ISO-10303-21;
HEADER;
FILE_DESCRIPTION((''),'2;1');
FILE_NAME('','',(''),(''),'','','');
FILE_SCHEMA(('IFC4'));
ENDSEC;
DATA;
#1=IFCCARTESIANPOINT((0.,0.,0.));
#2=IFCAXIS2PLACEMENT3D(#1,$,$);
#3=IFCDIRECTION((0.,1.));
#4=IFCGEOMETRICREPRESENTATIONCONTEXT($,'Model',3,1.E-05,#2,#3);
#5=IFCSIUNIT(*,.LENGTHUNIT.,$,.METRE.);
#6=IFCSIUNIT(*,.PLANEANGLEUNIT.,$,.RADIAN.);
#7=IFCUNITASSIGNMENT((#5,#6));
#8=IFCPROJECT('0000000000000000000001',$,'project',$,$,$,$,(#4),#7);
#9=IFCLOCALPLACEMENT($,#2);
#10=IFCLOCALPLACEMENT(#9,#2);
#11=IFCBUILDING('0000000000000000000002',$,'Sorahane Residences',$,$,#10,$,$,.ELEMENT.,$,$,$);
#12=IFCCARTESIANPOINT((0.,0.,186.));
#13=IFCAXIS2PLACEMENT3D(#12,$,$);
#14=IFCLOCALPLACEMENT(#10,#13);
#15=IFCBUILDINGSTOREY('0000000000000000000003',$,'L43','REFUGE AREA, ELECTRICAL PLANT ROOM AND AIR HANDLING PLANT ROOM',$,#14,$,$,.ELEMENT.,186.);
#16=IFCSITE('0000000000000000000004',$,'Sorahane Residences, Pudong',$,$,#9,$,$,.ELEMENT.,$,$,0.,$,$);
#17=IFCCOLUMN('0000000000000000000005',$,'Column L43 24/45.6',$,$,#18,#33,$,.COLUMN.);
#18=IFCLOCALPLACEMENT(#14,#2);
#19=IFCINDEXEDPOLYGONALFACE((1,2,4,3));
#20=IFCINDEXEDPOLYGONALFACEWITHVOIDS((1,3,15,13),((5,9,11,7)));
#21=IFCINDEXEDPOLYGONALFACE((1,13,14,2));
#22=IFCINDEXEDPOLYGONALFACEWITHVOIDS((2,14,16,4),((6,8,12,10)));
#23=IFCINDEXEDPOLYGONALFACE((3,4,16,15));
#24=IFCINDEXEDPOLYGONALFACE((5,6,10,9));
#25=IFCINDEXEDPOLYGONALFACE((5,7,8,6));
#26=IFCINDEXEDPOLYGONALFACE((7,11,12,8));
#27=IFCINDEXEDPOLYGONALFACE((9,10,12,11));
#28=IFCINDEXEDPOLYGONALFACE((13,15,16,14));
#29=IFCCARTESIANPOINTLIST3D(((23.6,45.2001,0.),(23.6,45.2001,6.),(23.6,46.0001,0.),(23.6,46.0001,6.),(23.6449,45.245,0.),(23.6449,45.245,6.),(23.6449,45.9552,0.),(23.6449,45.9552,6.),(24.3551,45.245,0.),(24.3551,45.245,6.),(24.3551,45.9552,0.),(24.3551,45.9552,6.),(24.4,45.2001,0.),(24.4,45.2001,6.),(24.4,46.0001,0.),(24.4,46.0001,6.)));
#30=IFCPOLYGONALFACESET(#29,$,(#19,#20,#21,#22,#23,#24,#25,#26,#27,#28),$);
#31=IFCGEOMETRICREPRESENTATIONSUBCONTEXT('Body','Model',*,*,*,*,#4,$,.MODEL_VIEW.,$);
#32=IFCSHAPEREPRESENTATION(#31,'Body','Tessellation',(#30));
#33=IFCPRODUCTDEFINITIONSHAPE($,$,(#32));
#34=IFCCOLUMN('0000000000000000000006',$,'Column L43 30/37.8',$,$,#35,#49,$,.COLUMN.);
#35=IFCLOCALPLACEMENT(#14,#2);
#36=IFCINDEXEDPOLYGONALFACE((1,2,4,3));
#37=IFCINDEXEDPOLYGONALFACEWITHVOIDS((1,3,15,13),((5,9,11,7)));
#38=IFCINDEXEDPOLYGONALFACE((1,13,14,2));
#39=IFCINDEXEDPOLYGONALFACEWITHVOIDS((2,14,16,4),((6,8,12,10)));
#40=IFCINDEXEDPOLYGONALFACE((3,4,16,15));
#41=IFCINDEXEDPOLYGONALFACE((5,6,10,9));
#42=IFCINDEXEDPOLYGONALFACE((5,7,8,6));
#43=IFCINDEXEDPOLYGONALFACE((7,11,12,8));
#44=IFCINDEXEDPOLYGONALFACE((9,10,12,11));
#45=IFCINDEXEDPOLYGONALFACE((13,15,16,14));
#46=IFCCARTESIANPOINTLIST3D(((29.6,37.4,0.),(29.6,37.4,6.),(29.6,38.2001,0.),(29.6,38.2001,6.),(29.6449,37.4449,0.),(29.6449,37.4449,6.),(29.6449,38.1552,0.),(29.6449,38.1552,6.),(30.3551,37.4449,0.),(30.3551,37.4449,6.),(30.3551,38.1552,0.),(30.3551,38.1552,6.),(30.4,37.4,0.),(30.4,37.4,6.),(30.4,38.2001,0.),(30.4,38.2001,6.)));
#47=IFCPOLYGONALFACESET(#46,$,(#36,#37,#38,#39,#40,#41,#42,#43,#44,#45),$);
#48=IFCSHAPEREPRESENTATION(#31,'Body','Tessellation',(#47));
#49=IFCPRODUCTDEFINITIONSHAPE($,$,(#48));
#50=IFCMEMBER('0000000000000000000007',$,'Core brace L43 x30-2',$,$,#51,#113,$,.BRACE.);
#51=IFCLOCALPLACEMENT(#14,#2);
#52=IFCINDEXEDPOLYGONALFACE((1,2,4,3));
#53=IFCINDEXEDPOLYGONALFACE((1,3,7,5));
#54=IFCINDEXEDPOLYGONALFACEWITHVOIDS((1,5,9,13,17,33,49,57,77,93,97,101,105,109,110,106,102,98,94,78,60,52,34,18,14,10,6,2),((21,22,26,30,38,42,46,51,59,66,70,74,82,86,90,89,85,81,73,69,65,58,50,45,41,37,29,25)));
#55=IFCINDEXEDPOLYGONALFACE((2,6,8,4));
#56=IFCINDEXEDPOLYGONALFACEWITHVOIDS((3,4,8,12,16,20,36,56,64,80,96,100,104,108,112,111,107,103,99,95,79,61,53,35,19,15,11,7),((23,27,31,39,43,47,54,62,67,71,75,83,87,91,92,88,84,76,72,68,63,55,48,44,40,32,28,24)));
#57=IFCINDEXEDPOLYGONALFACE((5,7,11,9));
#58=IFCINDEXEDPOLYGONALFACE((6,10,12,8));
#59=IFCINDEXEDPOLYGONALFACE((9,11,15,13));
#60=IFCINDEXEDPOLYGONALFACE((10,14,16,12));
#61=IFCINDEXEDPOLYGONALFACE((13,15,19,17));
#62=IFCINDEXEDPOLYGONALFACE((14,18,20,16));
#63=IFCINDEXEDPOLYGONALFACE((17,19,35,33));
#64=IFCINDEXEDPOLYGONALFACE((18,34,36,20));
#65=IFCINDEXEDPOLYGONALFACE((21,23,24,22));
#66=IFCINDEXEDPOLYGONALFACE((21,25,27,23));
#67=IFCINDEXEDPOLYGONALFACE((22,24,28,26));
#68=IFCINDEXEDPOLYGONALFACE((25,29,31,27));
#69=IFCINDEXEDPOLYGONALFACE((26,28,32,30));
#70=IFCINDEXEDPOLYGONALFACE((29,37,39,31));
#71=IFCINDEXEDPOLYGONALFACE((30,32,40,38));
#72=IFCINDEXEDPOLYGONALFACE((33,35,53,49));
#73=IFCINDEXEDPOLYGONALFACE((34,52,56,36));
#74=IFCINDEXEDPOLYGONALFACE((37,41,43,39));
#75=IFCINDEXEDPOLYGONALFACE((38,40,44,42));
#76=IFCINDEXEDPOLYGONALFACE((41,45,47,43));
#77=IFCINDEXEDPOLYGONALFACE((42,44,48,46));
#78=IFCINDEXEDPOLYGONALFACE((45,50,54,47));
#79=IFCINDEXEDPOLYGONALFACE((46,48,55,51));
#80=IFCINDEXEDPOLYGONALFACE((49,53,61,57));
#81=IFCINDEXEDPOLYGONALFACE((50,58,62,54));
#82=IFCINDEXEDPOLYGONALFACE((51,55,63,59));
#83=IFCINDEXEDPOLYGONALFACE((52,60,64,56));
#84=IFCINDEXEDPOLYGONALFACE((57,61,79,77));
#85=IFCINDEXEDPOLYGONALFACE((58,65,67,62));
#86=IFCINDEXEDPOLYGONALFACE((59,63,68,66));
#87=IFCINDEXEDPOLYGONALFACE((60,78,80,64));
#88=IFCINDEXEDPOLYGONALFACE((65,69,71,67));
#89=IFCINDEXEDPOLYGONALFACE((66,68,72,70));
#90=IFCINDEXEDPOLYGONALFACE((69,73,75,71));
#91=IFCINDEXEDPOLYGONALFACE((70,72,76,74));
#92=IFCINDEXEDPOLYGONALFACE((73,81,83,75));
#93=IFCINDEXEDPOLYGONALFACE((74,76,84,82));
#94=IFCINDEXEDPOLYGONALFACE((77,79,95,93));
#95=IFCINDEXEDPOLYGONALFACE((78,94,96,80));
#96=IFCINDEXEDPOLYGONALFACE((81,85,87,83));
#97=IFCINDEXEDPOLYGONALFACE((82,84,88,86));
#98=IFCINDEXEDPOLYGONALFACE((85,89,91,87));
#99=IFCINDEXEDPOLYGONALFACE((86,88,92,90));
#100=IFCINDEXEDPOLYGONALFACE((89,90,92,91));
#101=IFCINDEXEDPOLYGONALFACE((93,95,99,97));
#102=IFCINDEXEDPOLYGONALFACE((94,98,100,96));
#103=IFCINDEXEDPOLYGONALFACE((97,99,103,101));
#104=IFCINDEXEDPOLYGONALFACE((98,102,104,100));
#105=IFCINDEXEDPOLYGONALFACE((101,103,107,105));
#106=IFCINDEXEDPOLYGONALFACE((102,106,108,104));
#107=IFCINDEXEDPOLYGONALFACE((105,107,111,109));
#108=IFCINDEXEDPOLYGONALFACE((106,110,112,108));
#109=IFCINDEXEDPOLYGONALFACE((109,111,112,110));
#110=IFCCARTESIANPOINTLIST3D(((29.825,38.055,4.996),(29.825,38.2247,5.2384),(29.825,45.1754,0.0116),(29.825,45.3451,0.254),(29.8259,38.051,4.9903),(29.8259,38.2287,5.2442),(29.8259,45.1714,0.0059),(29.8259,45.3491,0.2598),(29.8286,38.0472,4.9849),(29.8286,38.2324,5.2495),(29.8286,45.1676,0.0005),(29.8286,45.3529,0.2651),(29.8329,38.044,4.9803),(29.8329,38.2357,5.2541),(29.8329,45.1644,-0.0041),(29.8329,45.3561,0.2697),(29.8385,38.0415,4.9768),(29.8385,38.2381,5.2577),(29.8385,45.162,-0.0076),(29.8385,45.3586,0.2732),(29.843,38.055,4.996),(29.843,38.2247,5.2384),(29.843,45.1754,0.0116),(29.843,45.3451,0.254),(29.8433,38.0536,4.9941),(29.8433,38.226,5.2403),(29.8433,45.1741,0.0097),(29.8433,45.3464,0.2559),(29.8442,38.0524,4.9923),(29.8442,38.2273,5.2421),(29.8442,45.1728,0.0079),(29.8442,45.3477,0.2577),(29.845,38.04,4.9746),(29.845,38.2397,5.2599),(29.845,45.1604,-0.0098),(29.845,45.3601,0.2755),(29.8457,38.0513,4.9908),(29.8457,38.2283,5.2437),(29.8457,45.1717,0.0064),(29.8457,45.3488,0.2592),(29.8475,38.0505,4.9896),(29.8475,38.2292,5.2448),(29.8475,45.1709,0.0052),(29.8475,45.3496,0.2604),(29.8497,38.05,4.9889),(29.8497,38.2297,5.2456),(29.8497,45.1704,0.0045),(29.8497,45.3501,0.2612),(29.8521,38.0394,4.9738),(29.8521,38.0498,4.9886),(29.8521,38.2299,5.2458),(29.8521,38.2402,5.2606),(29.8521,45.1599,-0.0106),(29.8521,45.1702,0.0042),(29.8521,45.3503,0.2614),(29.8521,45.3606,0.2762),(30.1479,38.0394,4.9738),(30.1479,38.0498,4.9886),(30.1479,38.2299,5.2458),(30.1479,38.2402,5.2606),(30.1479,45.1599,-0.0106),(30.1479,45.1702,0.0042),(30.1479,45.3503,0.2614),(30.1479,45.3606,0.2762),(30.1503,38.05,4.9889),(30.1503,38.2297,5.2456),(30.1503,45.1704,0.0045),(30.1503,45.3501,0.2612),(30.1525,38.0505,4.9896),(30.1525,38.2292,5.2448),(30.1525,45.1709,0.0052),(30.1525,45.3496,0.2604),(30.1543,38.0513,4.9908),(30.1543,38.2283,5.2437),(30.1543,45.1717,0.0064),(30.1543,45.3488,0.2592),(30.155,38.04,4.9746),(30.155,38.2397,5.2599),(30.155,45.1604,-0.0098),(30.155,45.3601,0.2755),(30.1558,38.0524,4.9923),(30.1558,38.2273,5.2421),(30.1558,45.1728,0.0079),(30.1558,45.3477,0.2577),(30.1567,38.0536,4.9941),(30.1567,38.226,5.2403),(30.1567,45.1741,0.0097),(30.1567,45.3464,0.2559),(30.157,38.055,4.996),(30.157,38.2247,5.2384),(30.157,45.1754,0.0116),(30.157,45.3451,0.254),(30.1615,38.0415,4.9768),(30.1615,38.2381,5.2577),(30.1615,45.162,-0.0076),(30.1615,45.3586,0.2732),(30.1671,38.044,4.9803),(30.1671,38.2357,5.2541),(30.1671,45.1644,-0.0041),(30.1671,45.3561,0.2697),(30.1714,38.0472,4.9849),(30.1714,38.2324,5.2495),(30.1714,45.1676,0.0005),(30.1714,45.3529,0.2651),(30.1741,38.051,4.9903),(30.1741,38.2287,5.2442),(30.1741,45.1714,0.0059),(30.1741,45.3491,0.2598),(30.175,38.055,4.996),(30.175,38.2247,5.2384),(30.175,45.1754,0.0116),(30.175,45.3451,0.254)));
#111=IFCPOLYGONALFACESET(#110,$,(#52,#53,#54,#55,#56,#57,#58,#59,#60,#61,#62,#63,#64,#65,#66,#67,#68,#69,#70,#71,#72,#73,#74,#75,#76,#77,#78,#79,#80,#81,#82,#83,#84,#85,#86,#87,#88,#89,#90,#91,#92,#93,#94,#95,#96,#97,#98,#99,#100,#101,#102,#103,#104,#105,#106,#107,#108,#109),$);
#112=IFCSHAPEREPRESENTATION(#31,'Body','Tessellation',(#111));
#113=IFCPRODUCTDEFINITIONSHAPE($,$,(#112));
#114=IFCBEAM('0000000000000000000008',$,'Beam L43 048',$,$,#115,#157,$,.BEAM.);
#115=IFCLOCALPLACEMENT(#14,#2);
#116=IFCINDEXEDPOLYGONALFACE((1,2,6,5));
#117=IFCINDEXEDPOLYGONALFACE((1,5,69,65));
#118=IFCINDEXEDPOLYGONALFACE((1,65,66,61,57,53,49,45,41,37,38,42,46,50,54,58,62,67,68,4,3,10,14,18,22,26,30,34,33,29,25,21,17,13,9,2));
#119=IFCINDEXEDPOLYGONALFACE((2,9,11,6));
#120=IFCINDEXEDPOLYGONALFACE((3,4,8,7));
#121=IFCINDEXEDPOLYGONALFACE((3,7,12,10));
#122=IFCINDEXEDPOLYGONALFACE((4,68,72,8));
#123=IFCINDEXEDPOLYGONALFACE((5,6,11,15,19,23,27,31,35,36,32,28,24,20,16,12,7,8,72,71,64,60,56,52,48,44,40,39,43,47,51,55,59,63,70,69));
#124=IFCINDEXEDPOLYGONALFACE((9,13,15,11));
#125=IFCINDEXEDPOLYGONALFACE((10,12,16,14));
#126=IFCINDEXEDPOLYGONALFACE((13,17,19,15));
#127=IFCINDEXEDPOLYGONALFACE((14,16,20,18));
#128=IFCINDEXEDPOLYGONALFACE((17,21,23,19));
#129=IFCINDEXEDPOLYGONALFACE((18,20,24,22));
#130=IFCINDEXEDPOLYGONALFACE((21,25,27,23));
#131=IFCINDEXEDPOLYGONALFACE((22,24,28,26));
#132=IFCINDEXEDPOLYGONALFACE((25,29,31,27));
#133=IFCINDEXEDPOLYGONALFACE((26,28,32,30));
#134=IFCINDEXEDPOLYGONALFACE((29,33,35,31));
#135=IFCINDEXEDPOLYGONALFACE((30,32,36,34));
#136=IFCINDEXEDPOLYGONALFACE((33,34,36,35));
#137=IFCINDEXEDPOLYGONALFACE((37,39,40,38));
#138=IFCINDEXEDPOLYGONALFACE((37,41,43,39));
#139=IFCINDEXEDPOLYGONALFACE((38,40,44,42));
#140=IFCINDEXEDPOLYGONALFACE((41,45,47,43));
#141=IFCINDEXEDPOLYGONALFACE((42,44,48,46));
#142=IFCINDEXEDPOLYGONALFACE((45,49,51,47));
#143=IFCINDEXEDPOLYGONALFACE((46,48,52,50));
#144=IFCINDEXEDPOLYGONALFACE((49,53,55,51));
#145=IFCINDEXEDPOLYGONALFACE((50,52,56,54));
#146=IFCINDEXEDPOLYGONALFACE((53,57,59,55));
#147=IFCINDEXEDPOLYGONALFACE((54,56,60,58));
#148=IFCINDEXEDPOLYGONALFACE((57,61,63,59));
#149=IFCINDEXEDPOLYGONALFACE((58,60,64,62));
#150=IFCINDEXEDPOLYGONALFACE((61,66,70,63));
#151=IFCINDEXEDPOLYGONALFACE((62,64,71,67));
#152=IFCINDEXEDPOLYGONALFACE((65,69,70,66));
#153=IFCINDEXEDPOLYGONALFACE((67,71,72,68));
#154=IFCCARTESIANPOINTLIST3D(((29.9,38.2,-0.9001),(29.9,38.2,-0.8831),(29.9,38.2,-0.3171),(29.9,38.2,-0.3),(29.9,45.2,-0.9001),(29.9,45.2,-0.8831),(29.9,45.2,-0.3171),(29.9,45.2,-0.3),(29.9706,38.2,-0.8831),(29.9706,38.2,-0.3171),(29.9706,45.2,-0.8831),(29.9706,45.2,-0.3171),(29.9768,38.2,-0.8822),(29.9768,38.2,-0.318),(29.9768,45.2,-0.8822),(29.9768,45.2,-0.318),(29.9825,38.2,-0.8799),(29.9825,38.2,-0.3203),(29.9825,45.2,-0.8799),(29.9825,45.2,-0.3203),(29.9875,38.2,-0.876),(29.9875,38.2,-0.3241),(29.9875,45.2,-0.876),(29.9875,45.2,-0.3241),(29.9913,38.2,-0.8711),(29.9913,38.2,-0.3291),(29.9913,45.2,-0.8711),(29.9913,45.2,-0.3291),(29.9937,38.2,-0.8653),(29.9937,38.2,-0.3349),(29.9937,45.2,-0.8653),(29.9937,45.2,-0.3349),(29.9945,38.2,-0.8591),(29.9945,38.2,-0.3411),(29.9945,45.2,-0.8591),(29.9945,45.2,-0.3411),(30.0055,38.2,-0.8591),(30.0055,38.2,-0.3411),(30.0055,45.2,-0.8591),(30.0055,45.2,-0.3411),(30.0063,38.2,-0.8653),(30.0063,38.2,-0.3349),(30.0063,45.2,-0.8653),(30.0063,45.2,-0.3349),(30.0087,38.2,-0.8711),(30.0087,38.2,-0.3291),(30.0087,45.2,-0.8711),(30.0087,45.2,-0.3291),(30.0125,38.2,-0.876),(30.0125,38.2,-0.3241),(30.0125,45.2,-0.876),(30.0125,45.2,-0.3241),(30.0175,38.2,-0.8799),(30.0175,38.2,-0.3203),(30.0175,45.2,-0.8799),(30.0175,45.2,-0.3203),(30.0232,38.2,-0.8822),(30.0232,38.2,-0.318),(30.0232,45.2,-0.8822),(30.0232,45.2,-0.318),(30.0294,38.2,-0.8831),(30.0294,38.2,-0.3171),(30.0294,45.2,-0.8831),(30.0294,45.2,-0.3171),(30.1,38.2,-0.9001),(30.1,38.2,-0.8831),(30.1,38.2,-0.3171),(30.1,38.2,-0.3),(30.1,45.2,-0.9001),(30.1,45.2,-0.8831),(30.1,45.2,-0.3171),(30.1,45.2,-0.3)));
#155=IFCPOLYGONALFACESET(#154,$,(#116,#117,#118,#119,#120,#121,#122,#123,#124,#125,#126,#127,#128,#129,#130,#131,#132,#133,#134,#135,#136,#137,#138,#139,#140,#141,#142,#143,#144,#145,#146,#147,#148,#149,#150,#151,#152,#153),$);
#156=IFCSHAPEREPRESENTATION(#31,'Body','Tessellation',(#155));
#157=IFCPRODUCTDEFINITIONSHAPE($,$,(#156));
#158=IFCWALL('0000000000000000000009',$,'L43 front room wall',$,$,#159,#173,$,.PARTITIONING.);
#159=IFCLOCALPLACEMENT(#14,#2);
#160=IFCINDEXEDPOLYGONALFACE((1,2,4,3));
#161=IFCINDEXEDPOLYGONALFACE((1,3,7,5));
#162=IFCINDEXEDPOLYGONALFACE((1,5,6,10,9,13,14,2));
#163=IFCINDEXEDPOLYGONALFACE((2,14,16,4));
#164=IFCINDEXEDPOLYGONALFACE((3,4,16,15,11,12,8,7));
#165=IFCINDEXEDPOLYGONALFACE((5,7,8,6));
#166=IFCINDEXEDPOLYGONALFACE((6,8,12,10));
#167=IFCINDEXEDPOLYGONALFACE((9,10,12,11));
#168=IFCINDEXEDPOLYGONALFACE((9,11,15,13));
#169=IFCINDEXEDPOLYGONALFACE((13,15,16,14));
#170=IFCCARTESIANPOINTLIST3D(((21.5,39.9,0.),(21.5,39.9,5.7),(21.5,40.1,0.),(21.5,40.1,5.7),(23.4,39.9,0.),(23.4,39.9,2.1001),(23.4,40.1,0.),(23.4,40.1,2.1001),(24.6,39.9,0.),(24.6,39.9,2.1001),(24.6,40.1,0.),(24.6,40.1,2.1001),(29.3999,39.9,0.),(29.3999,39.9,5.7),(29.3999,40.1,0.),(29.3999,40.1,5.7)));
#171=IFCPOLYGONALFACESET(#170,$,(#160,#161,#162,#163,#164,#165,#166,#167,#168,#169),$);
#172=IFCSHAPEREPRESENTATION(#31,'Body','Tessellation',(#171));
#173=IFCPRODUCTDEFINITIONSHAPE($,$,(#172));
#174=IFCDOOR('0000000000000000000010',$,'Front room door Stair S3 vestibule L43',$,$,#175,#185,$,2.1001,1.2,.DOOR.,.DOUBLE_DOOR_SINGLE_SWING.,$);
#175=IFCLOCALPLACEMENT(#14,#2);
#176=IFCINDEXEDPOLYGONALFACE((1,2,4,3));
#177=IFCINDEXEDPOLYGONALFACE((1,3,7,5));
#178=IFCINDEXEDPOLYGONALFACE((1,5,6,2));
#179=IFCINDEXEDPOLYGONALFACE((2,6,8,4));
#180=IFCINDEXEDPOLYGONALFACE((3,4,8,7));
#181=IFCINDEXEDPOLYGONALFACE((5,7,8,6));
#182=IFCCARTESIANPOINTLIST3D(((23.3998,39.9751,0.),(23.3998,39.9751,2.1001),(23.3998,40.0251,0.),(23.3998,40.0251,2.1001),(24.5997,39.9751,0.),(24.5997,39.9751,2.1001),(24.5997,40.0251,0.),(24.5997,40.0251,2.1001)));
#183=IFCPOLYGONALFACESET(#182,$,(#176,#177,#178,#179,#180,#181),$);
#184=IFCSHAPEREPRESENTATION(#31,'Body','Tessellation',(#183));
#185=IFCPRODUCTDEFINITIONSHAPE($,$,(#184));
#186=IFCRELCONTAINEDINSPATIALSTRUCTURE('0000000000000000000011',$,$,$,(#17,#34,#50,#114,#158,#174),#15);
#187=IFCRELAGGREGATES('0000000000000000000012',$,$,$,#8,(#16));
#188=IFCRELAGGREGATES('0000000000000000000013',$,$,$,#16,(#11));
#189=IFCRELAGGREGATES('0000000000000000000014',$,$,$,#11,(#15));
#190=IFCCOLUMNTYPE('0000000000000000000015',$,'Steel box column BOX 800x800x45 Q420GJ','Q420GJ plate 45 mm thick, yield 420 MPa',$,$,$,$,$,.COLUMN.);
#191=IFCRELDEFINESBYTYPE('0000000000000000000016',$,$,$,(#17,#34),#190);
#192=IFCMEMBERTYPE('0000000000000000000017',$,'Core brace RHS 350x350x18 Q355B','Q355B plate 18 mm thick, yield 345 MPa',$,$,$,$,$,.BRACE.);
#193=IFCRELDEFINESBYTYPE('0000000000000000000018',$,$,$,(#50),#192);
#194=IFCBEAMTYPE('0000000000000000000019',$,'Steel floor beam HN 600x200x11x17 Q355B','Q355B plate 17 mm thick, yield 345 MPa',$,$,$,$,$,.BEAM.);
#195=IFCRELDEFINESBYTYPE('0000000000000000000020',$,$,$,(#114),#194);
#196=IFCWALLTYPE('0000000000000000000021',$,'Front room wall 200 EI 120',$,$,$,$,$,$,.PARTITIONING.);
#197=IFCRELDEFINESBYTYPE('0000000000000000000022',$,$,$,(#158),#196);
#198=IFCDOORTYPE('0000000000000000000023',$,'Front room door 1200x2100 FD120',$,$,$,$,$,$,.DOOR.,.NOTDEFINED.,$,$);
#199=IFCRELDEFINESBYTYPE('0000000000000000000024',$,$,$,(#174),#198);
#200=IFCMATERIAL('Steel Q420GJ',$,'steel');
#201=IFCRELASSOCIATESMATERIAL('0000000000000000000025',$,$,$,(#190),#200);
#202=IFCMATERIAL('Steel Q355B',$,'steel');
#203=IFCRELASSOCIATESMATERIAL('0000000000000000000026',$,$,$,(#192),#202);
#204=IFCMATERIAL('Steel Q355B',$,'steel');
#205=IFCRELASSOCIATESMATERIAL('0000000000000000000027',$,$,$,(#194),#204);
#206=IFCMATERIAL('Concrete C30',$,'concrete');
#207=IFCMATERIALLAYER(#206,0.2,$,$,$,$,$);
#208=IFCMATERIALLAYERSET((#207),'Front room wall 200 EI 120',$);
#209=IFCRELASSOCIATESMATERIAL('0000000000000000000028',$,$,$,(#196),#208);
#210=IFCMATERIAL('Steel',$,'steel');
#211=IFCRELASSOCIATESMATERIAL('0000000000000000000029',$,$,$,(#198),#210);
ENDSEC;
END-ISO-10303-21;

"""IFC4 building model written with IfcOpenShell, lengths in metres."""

from ifc_helpers import new_model, si_unit, direction, frame, frame_2d, origin, origin_2d, place, context, subcontext, project, spatial, rectangle, hollow_rectangle, i_section, extrude, material, layer, layer_set, material_profile, profile_set, type_object, element, fill, save


model = new_model("IFC4")

# Units and contexts
model_context = context("Model", 3, precision=1e-05, world=origin(), true_north=direction((0.0, 1.0)))
body_context = subcontext(model_context, "Body", "Model", "MODEL_VIEW")
ifc_project = project(units=[si_unit("LENGTHUNIT", "METRE"), si_unit("PLANEANGLEUNIT", "RADIAN")], contexts=[model_context])

# Site, building, storey
site_placement = place(None, origin())
site = spatial("IfcSite", under=ifc_project, at=site_placement, Name="Sorahane Residences, Pudong", CompositionType="ELEMENT", RefElevation=0.0)
building_placement = place(site_placement, origin())
building = spatial("IfcBuilding", under=site, at=building_placement, Name="Sorahane Residences", CompositionType="ELEMENT")
storey_placement = place(building_placement, frame((0.0, 0.0, 186.0)))
storey = spatial("IfcBuildingStorey", under=building, at=storey_placement, Name="L43", Description="REFUGE AREA, ELECTRICAL PLANT ROOM AND AIR HANDLING PLANT ROOM", CompositionType="ELEMENT", Elevation=186.0)

# Columns
ifc_material_1 = material(Name="Steel Q420GJ", Category="steel")
ifc_material_profile_1 = material_profile(ifc_material_1, hollow_rectangle(XDim=0.8, YDim=0.8, WallThickness=0.0449, at=origin_2d()), Name="BOX 800x800x45")
ifc_profile_set_1 = profile_set([ifc_material_profile_1], Name="Steel Q420GJ")
column_type = type_object("IfcColumnType", Name="Steel box column BOX 800x800x45 Q420GJ", Description="Q420GJ plate 45 mm thick, yield 420 MPa", PredefinedType="COLUMN", material=ifc_profile_set_1)
for number, where, z_axis, x_axis, name in (
    (1, (24.0, 45.6001, 0.0), (0.0, 0.0, 1.0), (1.0, 0.0, 0.0), "Column L43 24/45.6"),
    (2, (30.0, 37.8, 0.0), (0.0, 0.0, 1.0), (1.0, 0.0, 0.0), "Column L43 30/37.8"),
):
    element("IfcColumn", number, at=place(storey_placement, frame(where, z_axis=z_axis, x_axis=x_axis)), inside=storey, type_object=column_type, Name=name, PredefinedType="COLUMN", context=body_context, shape_type="SweptSolid", body=[
        extrude(hollow_rectangle(XDim=0.8, YDim=0.8, WallThickness=0.0449, at=origin_2d()), origin(), (0.0, 0.0, 1.0), 6.0),
    ])

# Member
ifc_material_2 = material(Name="Steel Q355B", Category="steel")
ifc_material_profile_2 = material_profile(ifc_material_2, hollow_rectangle(XDim=0.3501, YDim=0.3501, WallThickness=0.0181, InnerFilletRadius=0.009, OuterFilletRadius=0.0271, at=origin_2d()), Name="RHS 350x350x18")
ifc_profile_set_2 = profile_set([ifc_material_profile_2], Name="Steel Q355B")
member_type = type_object("IfcMemberType", Name="Core brace RHS 350x350x18 Q355B", Description="Q355B plate 18 mm thick, yield 345 MPa", PredefinedType="BRACE", material=ifc_profile_set_2)
member_placement = place(storey_placement, frame((30.0, 45.2603, 0.1328), z_axis=(0.0, -0.819225, 0.573472), x_axis=(1.0, 0.0, 0.0)))
element("IfcMember", 3, at=member_placement, inside=storey, type_object=member_type, Name="Core brace L43 x30-2", PredefinedType="BRACE", context=body_context, shape_type="SweptSolid", body=[
    extrude(hollow_rectangle(XDim=0.3501, YDim=0.3501, WallThickness=0.0181, InnerFilletRadius=0.009, OuterFilletRadius=0.0271, at=origin_2d()), origin(), (0.0, 0.0, 1.0), 8.6917),
])

# Beam
ifc_material_3 = material(Name="Steel Q355B", Category="steel")
ifc_material_profile_3 = material_profile(ifc_material_3, i_section(OverallWidth=0.2, OverallDepth=0.6001, WebThickness=0.011, FlangeThickness=0.0171, FilletRadius=0.0239, at=origin_2d()), Name="HN 600x200x11x17")
ifc_profile_set_3 = profile_set([ifc_material_profile_3], Name="Steel Q355B")
beam_type = type_object("IfcBeamType", Name="Steel floor beam HN 600x200x11x17 Q355B", Description="Q355B plate 17 mm thick, yield 345 MPa", PredefinedType="BEAM", material=ifc_profile_set_3)
beam_placement = place(storey_placement, frame((30.0, 38.2, -0.6001), z_axis=(0.0, 1.0, 0.0), x_axis=(-1.0, 0.0, 0.0)))
element("IfcBeam", 4, at=beam_placement, inside=storey, type_object=beam_type, Name="Beam L43 048", PredefinedType="BEAM", context=body_context, shape_type="SweptSolid", body=[
    extrude(i_section(OverallWidth=0.2, OverallDepth=0.6001, WebThickness=0.011, FlangeThickness=0.0171, FilletRadius=0.0239, at=origin_2d()), origin(), (0.0, 0.0, 1.0), 7.0),
])

# Wall, opening, door
ifc_material_4 = material(Name="Concrete C30", Category="concrete")
ifc_layer_1 = layer(ifc_material_4, 0.2)
ifc_layer_set_1 = layer_set([ifc_layer_1], Name="Front room wall 200 EI 120")
wall_type_1 = type_object("IfcWallType", Name="Front room wall 200 EI 120", PredefinedType="PARTITIONING", material=ifc_layer_set_1)
wall_1_placement = place(storey_placement, frame((21.5, 40.0, 0.0), z_axis=(0.0, 0.0, 1.0), x_axis=(1.0, 0.0, 0.0)))
wall_1 = element("IfcWall", 5, at=wall_1_placement, inside=storey, type_object=wall_type_1, Name="L43 front room wall", PredefinedType="PARTITIONING", context=body_context, shape_type="SweptSolid", body=[
    extrude(rectangle(XDim=7.8999, YDim=0.2, at=frame_2d((3.95, 0.0))), origin(), (0.0, 0.0, 1.0), 5.7),
])
opening_1_placement = place(wall_1_placement, frame((1.8999, 0.0, 0.0)))
opening_1 = element("IfcOpeningElement", 6, at=opening_1_placement, cuts=wall_1, PredefinedType="OPENING", context=body_context, shape_type="SweptSolid", body=[
    extrude(rectangle(XDim=1.2, YDim=2.1001, at=frame_2d((0.6001, 1.05))), frame((0.0, 0.1099, 0.0), z_axis=(0.0, -1.0, 0.0), x_axis=(1.0, 0.0, 0.0)), (0.0, 0.0, 1.0), 0.22),
])
ifc_material_5 = material(Name="Steel", Category="steel")
door_type = type_object("IfcDoorType", Name="Front room door 1200x2100 FD120", OperationType="NOTDEFINED", PredefinedType="DOOR", material=ifc_material_5)
door_1_placement = place(opening_1_placement, frame((1.2, 0.0, 0.0), z_axis=(0.0, 0.0, 1.0), x_axis=(-1.0, 0.0, 0.0)))
door_1 = element("IfcDoor", 7, at=door_1_placement, inside=storey, type_object=door_type, Name="Front room door Stair S3 vestibule L43", OperationType="DOUBLE_DOOR_SINGLE_SWING", OverallHeight=2.1001, OverallWidth=1.2, PredefinedType="DOOR", context=body_context, shape_type="SweptSolid", body=[
    extrude(rectangle(XDim=1.2, YDim=2.1001, at=frame_2d((0.6001, 1.05))), frame((0.0, 0.0249, 0.0), z_axis=(0.0, -1.0, 0.0), x_axis=(1.0, 0.0, 0.0)), (0.0, 0.0, 1.0), 0.05),
])
fill(opening_1, door_1)

save(model, "model.ifc")
